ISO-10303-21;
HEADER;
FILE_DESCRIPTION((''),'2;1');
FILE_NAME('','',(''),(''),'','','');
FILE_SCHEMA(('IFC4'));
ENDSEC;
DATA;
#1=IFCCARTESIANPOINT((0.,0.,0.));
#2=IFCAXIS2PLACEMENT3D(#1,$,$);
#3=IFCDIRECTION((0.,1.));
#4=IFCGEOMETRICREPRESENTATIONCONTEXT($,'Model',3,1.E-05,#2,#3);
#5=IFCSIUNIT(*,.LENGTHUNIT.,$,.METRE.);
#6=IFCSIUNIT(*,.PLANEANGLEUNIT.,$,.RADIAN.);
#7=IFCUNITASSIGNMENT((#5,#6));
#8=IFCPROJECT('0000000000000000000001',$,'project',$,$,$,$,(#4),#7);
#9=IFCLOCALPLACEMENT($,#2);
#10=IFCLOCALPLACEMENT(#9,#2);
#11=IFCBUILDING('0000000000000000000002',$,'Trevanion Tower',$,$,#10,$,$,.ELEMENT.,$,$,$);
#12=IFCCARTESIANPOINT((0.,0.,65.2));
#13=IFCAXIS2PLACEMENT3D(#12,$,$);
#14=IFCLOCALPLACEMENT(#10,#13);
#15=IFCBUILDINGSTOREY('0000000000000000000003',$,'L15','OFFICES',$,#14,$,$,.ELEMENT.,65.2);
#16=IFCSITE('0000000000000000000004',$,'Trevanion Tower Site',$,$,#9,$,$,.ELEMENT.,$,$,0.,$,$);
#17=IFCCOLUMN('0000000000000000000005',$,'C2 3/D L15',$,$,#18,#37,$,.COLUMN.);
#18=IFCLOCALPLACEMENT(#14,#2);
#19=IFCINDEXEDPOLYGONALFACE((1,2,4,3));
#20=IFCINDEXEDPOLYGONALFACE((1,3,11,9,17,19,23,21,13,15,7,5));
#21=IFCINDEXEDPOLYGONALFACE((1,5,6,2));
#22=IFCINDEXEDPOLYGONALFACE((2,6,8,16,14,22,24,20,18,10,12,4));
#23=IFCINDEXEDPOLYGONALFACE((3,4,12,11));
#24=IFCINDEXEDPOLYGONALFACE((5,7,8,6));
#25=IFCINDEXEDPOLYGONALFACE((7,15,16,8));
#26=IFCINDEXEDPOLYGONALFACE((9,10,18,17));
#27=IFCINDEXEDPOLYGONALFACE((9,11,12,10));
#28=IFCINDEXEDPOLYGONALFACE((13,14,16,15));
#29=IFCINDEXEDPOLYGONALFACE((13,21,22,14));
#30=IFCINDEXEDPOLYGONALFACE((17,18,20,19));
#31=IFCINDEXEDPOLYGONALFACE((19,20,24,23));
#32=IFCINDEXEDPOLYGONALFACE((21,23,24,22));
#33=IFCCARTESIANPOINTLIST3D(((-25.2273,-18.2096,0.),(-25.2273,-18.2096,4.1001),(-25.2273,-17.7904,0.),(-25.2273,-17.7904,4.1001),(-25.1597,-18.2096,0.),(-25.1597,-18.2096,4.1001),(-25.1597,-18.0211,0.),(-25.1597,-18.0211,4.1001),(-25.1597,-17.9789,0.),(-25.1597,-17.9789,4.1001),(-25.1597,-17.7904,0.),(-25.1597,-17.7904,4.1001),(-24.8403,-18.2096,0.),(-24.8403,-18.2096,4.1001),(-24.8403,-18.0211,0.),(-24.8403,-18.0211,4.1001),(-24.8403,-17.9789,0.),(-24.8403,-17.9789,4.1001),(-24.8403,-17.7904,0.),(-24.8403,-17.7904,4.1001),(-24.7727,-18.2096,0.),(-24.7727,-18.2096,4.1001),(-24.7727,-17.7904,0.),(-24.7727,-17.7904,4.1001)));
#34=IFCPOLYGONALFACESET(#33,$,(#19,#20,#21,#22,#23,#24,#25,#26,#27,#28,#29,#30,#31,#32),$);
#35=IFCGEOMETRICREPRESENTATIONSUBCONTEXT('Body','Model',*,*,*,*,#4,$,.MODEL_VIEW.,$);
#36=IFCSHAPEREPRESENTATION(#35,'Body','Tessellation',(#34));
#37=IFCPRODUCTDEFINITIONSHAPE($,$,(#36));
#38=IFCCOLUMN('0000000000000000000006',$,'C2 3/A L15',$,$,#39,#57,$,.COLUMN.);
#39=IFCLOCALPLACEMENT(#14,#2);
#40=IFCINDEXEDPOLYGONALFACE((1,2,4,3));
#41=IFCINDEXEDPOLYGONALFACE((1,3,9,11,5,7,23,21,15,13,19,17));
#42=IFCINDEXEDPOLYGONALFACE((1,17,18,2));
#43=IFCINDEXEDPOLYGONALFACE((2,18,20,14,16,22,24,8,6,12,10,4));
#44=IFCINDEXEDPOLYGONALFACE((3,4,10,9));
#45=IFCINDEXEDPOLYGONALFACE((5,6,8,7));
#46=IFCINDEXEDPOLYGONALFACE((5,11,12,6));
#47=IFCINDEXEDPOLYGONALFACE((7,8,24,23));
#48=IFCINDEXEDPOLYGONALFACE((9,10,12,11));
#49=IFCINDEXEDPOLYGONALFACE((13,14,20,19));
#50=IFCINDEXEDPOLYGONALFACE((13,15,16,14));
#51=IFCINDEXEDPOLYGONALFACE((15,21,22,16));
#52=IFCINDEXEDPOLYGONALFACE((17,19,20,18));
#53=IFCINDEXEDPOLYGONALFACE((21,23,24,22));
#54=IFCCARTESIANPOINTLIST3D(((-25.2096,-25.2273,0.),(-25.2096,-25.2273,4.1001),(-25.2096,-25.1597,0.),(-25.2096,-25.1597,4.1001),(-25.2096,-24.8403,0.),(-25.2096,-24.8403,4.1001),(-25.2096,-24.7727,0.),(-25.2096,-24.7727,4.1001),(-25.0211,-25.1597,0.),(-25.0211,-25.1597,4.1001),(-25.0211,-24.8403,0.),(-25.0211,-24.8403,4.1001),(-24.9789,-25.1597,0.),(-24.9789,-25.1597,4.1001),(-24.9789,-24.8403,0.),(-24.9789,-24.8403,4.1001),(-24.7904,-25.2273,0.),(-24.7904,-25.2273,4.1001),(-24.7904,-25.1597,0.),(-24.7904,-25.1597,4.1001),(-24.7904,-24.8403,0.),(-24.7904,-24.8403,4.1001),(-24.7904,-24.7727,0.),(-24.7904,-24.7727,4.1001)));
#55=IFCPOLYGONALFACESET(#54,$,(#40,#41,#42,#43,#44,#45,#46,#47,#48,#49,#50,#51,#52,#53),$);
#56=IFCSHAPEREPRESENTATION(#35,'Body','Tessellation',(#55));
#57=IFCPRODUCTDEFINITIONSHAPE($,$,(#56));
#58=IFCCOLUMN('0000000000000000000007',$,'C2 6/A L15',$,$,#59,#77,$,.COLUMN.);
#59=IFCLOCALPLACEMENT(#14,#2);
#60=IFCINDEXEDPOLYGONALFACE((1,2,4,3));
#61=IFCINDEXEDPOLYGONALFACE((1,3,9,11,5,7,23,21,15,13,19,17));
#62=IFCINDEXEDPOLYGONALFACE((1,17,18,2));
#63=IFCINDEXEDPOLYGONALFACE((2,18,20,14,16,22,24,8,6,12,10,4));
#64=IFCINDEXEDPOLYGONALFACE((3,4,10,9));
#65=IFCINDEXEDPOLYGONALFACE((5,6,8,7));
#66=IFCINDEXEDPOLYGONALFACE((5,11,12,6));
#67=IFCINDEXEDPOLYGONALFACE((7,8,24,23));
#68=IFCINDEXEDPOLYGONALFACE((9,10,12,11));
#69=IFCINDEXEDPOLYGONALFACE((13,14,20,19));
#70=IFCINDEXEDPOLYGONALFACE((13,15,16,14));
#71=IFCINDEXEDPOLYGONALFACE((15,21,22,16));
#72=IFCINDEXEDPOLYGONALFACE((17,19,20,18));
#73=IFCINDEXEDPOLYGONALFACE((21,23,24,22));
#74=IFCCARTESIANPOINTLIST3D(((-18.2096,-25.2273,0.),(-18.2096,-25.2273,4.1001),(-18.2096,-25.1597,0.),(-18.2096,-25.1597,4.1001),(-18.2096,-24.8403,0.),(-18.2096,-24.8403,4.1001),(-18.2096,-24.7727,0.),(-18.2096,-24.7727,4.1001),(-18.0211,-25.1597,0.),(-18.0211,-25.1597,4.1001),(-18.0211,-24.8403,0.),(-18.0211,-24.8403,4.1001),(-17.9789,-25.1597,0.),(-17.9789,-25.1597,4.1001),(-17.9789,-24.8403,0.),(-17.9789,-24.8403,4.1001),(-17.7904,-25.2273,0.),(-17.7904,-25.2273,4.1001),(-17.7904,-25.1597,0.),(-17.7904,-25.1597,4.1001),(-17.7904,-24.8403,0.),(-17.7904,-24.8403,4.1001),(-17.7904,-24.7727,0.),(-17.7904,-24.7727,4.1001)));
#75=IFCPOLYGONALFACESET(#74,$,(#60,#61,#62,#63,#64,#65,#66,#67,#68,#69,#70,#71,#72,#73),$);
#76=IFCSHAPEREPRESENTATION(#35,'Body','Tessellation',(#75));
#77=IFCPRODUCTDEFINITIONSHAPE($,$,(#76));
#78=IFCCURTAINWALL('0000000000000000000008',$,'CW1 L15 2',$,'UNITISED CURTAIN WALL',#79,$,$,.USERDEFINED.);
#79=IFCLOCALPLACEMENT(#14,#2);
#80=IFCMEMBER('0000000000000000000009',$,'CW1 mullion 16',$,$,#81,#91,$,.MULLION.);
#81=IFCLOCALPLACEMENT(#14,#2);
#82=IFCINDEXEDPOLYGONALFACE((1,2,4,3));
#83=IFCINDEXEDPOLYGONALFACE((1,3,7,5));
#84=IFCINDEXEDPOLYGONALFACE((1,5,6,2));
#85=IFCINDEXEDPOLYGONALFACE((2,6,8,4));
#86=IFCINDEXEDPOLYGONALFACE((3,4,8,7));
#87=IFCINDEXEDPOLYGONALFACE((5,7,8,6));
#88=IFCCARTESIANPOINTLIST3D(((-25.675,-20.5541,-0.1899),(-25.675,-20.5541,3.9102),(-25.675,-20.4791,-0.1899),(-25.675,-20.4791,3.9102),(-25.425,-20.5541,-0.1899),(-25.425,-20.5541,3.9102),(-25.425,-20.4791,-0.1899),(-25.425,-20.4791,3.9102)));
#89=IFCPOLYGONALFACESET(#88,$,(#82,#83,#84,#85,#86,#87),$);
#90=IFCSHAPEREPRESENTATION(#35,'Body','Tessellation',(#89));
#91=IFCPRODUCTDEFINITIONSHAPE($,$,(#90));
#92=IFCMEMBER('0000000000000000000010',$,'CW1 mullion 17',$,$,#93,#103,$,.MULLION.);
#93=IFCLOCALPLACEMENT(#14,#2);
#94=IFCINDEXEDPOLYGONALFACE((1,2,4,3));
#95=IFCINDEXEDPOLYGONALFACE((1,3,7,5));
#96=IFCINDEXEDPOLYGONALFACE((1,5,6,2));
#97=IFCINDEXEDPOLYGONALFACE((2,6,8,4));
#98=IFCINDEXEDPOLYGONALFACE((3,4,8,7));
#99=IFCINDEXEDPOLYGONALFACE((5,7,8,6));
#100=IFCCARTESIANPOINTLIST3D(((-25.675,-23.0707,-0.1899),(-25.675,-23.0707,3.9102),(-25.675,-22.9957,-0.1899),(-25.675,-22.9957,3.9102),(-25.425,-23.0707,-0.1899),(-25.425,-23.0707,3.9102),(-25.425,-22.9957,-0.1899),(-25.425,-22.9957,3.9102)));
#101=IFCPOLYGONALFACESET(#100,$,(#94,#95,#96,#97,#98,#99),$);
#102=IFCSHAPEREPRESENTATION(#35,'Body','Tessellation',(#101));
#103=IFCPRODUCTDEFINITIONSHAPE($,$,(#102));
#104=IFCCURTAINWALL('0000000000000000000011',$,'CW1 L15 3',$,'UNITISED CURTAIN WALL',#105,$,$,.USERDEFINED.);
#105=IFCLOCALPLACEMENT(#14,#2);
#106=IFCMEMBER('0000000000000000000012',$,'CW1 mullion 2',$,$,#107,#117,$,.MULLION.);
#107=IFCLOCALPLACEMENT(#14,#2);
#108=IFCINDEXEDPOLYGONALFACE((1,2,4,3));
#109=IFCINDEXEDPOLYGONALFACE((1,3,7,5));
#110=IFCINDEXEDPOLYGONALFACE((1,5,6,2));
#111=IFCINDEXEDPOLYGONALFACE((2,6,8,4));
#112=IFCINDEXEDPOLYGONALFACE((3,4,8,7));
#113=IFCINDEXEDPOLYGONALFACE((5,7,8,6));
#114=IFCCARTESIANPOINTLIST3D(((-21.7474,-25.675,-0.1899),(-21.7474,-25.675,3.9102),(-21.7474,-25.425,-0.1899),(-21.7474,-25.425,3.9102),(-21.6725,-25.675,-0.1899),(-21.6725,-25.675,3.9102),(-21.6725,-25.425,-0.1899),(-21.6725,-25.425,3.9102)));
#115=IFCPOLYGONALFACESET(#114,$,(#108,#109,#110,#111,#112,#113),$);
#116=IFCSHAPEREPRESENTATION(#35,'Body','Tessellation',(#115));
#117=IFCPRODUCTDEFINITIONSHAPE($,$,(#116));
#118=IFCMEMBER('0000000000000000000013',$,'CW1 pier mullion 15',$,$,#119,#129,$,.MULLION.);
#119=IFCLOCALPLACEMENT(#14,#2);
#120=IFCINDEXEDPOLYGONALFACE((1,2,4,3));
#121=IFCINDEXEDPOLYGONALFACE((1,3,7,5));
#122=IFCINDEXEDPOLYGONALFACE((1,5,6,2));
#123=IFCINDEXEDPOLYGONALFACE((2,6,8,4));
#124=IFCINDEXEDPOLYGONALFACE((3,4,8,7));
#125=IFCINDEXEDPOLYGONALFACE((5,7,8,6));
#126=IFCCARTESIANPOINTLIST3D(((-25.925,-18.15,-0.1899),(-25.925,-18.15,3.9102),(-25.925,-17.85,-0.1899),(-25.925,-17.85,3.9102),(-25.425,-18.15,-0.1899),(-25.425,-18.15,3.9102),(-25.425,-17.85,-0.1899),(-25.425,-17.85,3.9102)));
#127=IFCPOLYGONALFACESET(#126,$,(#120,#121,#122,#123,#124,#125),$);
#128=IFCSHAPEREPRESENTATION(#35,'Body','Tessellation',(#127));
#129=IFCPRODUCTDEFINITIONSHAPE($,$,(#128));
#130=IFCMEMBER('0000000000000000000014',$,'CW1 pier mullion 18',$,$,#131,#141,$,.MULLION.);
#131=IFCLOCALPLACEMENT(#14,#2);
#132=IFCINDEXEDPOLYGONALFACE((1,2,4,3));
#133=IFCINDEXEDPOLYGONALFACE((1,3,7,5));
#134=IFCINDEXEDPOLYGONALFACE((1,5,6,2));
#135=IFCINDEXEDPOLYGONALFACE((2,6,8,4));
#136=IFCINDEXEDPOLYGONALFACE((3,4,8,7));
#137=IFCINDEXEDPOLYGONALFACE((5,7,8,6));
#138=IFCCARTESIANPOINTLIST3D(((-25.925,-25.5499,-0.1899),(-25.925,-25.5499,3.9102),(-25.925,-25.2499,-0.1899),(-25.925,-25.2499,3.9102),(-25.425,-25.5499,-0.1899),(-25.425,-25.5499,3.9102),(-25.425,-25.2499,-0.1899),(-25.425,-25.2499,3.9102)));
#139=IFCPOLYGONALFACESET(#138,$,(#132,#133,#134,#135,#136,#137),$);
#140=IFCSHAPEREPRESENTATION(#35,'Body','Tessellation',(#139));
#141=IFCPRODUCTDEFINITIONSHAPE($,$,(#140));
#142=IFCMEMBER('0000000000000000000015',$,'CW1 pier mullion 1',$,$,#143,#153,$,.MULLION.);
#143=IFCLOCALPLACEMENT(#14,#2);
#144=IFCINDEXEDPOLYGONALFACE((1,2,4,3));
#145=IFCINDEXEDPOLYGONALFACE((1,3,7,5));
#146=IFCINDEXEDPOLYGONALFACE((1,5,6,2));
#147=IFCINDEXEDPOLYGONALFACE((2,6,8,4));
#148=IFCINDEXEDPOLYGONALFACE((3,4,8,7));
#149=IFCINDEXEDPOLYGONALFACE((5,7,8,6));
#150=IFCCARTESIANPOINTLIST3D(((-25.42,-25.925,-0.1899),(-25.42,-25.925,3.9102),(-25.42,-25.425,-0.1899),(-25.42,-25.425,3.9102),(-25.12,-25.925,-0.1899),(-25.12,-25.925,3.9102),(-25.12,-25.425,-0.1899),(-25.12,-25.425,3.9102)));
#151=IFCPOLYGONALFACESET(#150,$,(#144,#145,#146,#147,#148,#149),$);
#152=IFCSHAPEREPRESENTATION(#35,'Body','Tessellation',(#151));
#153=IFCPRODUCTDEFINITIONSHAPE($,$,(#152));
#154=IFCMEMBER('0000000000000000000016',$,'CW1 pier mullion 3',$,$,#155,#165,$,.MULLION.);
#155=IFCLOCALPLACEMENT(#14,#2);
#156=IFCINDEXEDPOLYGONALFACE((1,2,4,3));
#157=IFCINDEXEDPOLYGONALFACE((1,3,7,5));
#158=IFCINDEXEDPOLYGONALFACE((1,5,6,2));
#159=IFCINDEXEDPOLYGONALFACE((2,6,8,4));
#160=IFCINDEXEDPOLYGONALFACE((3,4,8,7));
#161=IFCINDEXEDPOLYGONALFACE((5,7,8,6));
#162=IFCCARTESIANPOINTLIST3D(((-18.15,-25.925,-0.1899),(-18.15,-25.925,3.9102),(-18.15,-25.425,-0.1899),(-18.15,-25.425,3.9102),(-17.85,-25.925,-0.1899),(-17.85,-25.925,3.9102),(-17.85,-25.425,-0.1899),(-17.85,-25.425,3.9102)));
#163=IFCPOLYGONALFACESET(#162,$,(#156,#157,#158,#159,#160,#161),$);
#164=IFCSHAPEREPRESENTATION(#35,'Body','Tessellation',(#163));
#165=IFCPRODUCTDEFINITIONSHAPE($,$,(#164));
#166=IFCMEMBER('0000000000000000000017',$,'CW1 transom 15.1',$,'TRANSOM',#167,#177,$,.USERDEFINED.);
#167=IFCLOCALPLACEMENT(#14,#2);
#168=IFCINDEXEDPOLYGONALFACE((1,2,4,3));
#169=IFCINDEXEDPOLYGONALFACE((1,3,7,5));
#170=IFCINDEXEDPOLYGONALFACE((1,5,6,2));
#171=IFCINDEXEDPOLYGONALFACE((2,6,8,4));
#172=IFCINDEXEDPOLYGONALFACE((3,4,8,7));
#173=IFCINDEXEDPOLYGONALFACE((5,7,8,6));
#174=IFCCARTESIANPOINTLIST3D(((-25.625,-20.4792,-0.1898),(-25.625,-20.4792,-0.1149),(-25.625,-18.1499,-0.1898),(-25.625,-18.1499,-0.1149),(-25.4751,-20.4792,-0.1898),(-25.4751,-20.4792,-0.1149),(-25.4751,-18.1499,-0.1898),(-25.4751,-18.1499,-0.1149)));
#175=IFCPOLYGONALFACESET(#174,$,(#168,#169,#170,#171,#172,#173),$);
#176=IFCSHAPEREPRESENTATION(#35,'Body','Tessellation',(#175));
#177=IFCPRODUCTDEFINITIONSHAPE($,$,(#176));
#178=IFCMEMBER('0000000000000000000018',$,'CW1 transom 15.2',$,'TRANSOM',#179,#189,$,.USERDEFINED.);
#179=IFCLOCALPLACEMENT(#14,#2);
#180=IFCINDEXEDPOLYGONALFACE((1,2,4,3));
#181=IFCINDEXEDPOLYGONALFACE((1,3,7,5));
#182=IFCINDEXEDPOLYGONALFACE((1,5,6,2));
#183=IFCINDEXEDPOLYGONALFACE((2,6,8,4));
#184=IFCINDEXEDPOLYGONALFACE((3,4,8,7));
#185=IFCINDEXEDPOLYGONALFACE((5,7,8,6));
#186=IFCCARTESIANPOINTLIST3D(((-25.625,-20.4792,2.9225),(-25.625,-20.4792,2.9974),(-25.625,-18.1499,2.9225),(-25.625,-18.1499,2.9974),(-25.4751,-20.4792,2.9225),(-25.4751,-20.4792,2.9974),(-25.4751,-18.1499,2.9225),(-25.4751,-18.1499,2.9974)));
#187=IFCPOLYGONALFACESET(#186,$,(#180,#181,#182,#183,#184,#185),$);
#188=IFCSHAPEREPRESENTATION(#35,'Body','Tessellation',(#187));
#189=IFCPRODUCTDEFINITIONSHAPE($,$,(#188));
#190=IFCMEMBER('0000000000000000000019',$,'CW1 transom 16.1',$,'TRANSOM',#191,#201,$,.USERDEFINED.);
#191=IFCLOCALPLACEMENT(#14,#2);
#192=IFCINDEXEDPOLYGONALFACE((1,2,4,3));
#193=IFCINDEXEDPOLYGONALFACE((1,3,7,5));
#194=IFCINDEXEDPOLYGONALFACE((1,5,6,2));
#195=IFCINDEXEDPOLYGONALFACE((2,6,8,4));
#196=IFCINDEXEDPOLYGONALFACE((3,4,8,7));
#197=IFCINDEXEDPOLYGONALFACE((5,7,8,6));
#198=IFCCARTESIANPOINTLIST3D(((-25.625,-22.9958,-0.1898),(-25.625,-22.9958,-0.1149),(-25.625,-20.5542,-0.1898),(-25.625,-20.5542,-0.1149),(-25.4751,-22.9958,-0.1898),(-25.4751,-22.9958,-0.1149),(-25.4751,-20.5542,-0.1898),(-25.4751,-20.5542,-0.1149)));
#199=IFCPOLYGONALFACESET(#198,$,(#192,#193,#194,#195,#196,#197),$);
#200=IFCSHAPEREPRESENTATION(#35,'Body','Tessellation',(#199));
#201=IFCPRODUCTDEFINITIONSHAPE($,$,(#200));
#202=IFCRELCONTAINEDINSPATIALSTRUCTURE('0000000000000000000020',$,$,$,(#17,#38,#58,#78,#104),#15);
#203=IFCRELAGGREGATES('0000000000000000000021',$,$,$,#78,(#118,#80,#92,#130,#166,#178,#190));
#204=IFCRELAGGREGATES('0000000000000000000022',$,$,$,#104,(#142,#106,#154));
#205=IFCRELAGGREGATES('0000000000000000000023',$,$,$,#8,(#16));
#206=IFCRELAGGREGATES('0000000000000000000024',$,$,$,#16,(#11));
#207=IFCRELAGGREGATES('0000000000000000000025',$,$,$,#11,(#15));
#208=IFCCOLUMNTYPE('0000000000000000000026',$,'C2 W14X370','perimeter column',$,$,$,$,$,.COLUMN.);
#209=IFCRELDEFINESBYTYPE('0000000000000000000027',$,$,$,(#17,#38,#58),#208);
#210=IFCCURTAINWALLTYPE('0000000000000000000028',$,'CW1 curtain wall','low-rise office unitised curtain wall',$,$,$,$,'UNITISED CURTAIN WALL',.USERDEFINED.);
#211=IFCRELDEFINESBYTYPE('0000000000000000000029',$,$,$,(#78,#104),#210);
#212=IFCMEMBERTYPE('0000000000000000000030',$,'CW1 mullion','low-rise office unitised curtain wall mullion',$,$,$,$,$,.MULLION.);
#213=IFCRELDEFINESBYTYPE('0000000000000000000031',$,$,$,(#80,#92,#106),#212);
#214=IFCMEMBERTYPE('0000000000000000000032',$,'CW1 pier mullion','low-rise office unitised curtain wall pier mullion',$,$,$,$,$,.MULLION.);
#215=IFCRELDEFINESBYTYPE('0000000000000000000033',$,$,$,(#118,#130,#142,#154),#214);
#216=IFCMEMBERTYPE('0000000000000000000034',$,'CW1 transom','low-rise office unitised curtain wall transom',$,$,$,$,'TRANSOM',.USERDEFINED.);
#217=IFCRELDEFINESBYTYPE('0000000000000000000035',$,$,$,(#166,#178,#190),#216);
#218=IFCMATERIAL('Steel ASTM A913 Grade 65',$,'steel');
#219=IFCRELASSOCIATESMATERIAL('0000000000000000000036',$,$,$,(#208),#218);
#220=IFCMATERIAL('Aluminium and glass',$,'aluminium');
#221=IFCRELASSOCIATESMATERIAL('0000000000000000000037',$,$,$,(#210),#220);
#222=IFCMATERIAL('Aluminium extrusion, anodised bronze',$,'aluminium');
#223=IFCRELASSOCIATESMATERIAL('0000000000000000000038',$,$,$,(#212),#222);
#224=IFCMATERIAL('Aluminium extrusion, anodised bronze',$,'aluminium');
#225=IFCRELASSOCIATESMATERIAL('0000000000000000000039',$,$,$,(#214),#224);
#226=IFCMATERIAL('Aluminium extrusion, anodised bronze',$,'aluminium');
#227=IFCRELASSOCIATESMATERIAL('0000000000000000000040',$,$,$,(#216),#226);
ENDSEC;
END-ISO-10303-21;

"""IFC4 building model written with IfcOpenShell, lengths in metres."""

from ifc_helpers import new_model, si_unit, direction, frame, origin, origin_2d, place, context, subcontext, project, spatial, rectangle, i_section, extrude, material, material_profile, profile_set, type_object, element, aggregate, save


model = new_model("IFC4")

# Units and contexts
model_context = context("Model", 3, precision=1e-05, world=origin(), true_north=direction((0.0, 1.0)))
body_context = subcontext(model_context, "Body", "Model", "MODEL_VIEW")
ifc_project = project(units=[si_unit("LENGTHUNIT", "METRE"), si_unit("PLANEANGLEUNIT", "RADIAN")], contexts=[model_context])

# Site, building, storey
site_placement = place(None, origin())
site = spatial("IfcSite", under=ifc_project, at=site_placement, Name="Trevanion Tower Site", CompositionType="ELEMENT", RefElevation=0.0)
building_placement = place(site_placement, origin())
building = spatial("IfcBuilding", under=site, at=building_placement, Name="Trevanion Tower", CompositionType="ELEMENT")
storey_placement = place(building_placement, frame((0.0, 0.0, 65.2)))
storey = spatial("IfcBuildingStorey", under=building, at=storey_placement, Name="L15", Description="OFFICES", CompositionType="ELEMENT", Elevation=65.2)

# Columns
ifc_material_1 = material(Name="Steel ASTM A913 Grade 65", Category="steel")
ifc_material_profile_1 = material_profile(ifc_material_1, i_section(OverallWidth=0.4192, OverallDepth=0.4546, WebThickness=0.0422, FlangeThickness=0.0676, at=origin_2d()), Name="W14X370")
ifc_profile_set_1 = profile_set([ifc_material_profile_1], Name="Steel ASTM A913 Grade 65")
column_type = type_object("IfcColumnType", Name="C2 W14X370", Description="perimeter column", PredefinedType="COLUMN", material=ifc_profile_set_1)
for number, where, z_axis, x_axis, name in (
    (1, (-25.0, -18.0, 0.0), (0.0, 0.0, 1.0), (0.0, 1.0, 0.0), "C2 3/D L15"),
    (2, (-25.0, -25.0, 0.0), (0.0, 0.0, 1.0), (1.0, 0.0, 0.0), "C2 3/A L15"),
    (3, (-18.0, -25.0, 0.0), (0.0, 0.0, 1.0), (1.0, 0.0, 0.0), "C2 6/A L15"),
):
    element("IfcColumn", number, at=place(storey_placement, frame(where, z_axis=z_axis, x_axis=x_axis)), inside=storey, type_object=column_type, Name=name, PredefinedType="COLUMN", context=body_context, shape_type="SweptSolid", body=[
        extrude(i_section(OverallWidth=0.4192, OverallDepth=0.4546, WebThickness=0.0422, FlangeThickness=0.0676, at=origin_2d()), origin(), (0.0, 0.0, 1.0), 4.1001),
    ])

# Curtain wall, members
ifc_material_2 = material(Name="Aluminium and glass", Category="aluminium")
curtain_wall_type = type_object("IfcCurtainWallType", Name="CW1 curtain wall", Description="low-rise office unitised curtain wall", ElementType="UNITISED CURTAIN WALL", PredefinedType="USERDEFINED", material=ifc_material_2)
curtain_wall_1_placement = place(storey_placement, origin())
curtain_wall_1 = element("IfcCurtainWall", 4, at=curtain_wall_1_placement, inside=storey, type_object=curtain_wall_type, Name="CW1 L15 2", ObjectType="UNITISED CURTAIN WALL", PredefinedType="USERDEFINED")
ifc_material_3 = material(Name="Aluminium extrusion, anodised bronze", Category="aluminium")
ifc_material_profile_2 = material_profile(ifc_material_3, rectangle(XDim=0.075, YDim=0.25, at=origin_2d()), Name="CW1 mullion")
ifc_profile_set_2 = profile_set([ifc_material_profile_2], Name="Aluminium extrusion, anodised bronze")
member_type_1 = type_object("IfcMemberType", Name="CW1 mullion", Description="low-rise office unitised curtain wall mullion", PredefinedType="MULLION", material=ifc_profile_set_2)
member_1_placement = place(storey_placement, frame((-25.55, -20.5166, -0.1899), z_axis=(0.0, 0.0, 1.0), x_axis=(0.0, -1.0, 0.0)))
member_1 = element("IfcMember", 5, at=member_1_placement, type_object=member_type_1, Name="CW1 mullion 16", PredefinedType="MULLION", context=body_context, shape_type="SweptSolid", body=[
    extrude(rectangle(XDim=0.075, YDim=0.25, at=origin_2d()), origin(), (0.0, 0.0, 1.0), 4.1001),
])
member_2_placement = place(storey_placement, frame((-25.55, -23.0332, -0.1899), z_axis=(0.0, 0.0, 1.0), x_axis=(0.0, -1.0, 0.0)))
member_2 = element("IfcMember", 6, at=member_2_placement, type_object=member_type_1, Name="CW1 mullion 17", PredefinedType="MULLION", context=body_context, shape_type="SweptSolid", body=[
    extrude(rectangle(XDim=0.075, YDim=0.25, at=origin_2d()), origin(), (0.0, 0.0, 1.0), 4.1001),
])

# Curtain wall, member
curtain_wall_2_placement = place(storey_placement, origin())
curtain_wall_2 = element("IfcCurtainWall", 7, at=curtain_wall_2_placement, inside=storey, type_object=curtain_wall_type, Name="CW1 L15 3", ObjectType="UNITISED CURTAIN WALL", PredefinedType="USERDEFINED")
member_3_placement = place(storey_placement, frame((-21.71, -25.55, -0.1899), z_axis=(0.0, 0.0, 1.0), x_axis=(1.0, 0.0, 0.0)))
member_3 = element("IfcMember", 8, at=member_3_placement, type_object=member_type_1, Name="CW1 mullion 2", PredefinedType="MULLION", context=body_context, shape_type="SweptSolid", body=[
    extrude(rectangle(XDim=0.075, YDim=0.25, at=origin_2d()), origin(), (0.0, 0.0, 1.0), 4.1001),
])

# Members
ifc_material_4 = material(Name="Aluminium extrusion, anodised bronze", Category="aluminium")
ifc_material_profile_3 = material_profile(ifc_material_4, rectangle(XDim=0.3, YDim=0.5, at=origin_2d()), Name="CW1 pier mullion")
ifc_profile_set_3 = profile_set([ifc_material_profile_3], Name="Aluminium extrusion, anodised bronze")
member_type_2 = type_object("IfcMemberType", Name="CW1 pier mullion", Description="low-rise office unitised curtain wall pier mullion", PredefinedType="MULLION", material=ifc_profile_set_3)
member_4_placement = place(storey_placement, frame((-25.675, -18.0, -0.1899), z_axis=(0.0, 0.0, 1.0), x_axis=(0.0, -1.0, 0.0)))
member_4 = element("IfcMember", 9, at=member_4_placement, type_object=member_type_2, Name="CW1 pier mullion 15", PredefinedType="MULLION", context=body_context, shape_type="SweptSolid", body=[
    extrude(rectangle(XDim=0.3, YDim=0.5, at=origin_2d()), origin(), (0.0, 0.0, 1.0), 4.1001),
])
member_5_placement = place(storey_placement, frame((-25.675, -25.3999, -0.1899), z_axis=(0.0, 0.0, 1.0), x_axis=(0.0, -1.0, 0.0)))
member_5 = element("IfcMember", 10, at=member_5_placement, type_object=member_type_2, Name="CW1 pier mullion 18", PredefinedType="MULLION", context=body_context, shape_type="SweptSolid", body=[
    extrude(rectangle(XDim=0.3, YDim=0.5, at=origin_2d()), origin(), (0.0, 0.0, 1.0), 4.1001),
])
member_6_placement = place(storey_placement, frame((-25.27, -25.675, -0.1899), z_axis=(0.0, 0.0, 1.0), x_axis=(1.0, 0.0, 0.0)))
member_6 = element("IfcMember", 11, at=member_6_placement, type_object=member_type_2, Name="CW1 pier mullion 1", PredefinedType="MULLION", context=body_context, shape_type="SweptSolid", body=[
    extrude(rectangle(XDim=0.3, YDim=0.5, at=origin_2d()), origin(), (0.0, 0.0, 1.0), 4.1001),
])
member_7_placement = place(storey_placement, frame((-18.0, -25.675, -0.1899), z_axis=(0.0, 0.0, 1.0), x_axis=(1.0, 0.0, 0.0)))
member_7 = element("IfcMember", 12, at=member_7_placement, type_object=member_type_2, Name="CW1 pier mullion 3", PredefinedType="MULLION", context=body_context, shape_type="SweptSolid", body=[
    extrude(rectangle(XDim=0.3, YDim=0.5, at=origin_2d()), origin(), (0.0, 0.0, 1.0), 4.1001),
])
ifc_material_5 = material(Name="Aluminium extrusion, anodised bronze", Category="aluminium")
ifc_material_profile_4 = material_profile(ifc_material_5, rectangle(XDim=0.1499, YDim=0.075, at=origin_2d()), Name="CW1 transom")
ifc_profile_set_4 = profile_set([ifc_material_profile_4], Name="Aluminium extrusion, anodised bronze")
member_type_3 = type_object("IfcMemberType", Name="CW1 transom", Description="low-rise office unitised curtain wall transom", ElementType="TRANSOM", PredefinedType="USERDEFINED", material=ifc_profile_set_4)
member_8_placement = place(storey_placement, frame((-25.55, -18.1499, -0.1523), z_axis=(0.0, -1.0, 0.0), x_axis=(1.0, 0.0, 0.0)))
member_8 = element("IfcMember", 13, at=member_8_placement, type_object=member_type_3, Name="CW1 transom 15.1", ObjectType="TRANSOM", PredefinedType="USERDEFINED", context=body_context, shape_type="SweptSolid", body=[
    extrude(rectangle(XDim=0.1499, YDim=0.075, at=origin_2d()), origin(), (0.0, 0.0, 1.0), 2.3293),
])
member_9_placement = place(storey_placement, frame((-25.55, -18.1499, 2.96), z_axis=(0.0, -1.0, 0.0), x_axis=(1.0, 0.0, 0.0)))
member_9 = element("IfcMember", 14, at=member_9_placement, type_object=member_type_3, Name="CW1 transom 15.2", ObjectType="TRANSOM", PredefinedType="USERDEFINED", context=body_context, shape_type="SweptSolid", body=[
    extrude(rectangle(XDim=0.1499, YDim=0.075, at=origin_2d()), origin(), (0.0, 0.0, 1.0), 2.3293),
])
member_10_placement = place(storey_placement, frame((-25.55, -20.5542, -0.1523), z_axis=(0.0, -1.0, 0.0), x_axis=(1.0, 0.0, 0.0)))
member_10 = element("IfcMember", 15, at=member_10_placement, type_object=member_type_3, Name="CW1 transom 16.1", ObjectType="TRANSOM", PredefinedType="USERDEFINED", context=body_context, shape_type="SweptSolid", body=[
    extrude(rectangle(XDim=0.1499, YDim=0.075, at=origin_2d()), origin(), (0.0, 0.0, 1.0), 2.4417),
])

aggregate(curtain_wall_1, [member_4, member_1, member_2, member_5, member_8, member_9, member_10])
aggregate(curtain_wall_2, [member_6, member_3, member_7])

save(model, "model.ifc")
